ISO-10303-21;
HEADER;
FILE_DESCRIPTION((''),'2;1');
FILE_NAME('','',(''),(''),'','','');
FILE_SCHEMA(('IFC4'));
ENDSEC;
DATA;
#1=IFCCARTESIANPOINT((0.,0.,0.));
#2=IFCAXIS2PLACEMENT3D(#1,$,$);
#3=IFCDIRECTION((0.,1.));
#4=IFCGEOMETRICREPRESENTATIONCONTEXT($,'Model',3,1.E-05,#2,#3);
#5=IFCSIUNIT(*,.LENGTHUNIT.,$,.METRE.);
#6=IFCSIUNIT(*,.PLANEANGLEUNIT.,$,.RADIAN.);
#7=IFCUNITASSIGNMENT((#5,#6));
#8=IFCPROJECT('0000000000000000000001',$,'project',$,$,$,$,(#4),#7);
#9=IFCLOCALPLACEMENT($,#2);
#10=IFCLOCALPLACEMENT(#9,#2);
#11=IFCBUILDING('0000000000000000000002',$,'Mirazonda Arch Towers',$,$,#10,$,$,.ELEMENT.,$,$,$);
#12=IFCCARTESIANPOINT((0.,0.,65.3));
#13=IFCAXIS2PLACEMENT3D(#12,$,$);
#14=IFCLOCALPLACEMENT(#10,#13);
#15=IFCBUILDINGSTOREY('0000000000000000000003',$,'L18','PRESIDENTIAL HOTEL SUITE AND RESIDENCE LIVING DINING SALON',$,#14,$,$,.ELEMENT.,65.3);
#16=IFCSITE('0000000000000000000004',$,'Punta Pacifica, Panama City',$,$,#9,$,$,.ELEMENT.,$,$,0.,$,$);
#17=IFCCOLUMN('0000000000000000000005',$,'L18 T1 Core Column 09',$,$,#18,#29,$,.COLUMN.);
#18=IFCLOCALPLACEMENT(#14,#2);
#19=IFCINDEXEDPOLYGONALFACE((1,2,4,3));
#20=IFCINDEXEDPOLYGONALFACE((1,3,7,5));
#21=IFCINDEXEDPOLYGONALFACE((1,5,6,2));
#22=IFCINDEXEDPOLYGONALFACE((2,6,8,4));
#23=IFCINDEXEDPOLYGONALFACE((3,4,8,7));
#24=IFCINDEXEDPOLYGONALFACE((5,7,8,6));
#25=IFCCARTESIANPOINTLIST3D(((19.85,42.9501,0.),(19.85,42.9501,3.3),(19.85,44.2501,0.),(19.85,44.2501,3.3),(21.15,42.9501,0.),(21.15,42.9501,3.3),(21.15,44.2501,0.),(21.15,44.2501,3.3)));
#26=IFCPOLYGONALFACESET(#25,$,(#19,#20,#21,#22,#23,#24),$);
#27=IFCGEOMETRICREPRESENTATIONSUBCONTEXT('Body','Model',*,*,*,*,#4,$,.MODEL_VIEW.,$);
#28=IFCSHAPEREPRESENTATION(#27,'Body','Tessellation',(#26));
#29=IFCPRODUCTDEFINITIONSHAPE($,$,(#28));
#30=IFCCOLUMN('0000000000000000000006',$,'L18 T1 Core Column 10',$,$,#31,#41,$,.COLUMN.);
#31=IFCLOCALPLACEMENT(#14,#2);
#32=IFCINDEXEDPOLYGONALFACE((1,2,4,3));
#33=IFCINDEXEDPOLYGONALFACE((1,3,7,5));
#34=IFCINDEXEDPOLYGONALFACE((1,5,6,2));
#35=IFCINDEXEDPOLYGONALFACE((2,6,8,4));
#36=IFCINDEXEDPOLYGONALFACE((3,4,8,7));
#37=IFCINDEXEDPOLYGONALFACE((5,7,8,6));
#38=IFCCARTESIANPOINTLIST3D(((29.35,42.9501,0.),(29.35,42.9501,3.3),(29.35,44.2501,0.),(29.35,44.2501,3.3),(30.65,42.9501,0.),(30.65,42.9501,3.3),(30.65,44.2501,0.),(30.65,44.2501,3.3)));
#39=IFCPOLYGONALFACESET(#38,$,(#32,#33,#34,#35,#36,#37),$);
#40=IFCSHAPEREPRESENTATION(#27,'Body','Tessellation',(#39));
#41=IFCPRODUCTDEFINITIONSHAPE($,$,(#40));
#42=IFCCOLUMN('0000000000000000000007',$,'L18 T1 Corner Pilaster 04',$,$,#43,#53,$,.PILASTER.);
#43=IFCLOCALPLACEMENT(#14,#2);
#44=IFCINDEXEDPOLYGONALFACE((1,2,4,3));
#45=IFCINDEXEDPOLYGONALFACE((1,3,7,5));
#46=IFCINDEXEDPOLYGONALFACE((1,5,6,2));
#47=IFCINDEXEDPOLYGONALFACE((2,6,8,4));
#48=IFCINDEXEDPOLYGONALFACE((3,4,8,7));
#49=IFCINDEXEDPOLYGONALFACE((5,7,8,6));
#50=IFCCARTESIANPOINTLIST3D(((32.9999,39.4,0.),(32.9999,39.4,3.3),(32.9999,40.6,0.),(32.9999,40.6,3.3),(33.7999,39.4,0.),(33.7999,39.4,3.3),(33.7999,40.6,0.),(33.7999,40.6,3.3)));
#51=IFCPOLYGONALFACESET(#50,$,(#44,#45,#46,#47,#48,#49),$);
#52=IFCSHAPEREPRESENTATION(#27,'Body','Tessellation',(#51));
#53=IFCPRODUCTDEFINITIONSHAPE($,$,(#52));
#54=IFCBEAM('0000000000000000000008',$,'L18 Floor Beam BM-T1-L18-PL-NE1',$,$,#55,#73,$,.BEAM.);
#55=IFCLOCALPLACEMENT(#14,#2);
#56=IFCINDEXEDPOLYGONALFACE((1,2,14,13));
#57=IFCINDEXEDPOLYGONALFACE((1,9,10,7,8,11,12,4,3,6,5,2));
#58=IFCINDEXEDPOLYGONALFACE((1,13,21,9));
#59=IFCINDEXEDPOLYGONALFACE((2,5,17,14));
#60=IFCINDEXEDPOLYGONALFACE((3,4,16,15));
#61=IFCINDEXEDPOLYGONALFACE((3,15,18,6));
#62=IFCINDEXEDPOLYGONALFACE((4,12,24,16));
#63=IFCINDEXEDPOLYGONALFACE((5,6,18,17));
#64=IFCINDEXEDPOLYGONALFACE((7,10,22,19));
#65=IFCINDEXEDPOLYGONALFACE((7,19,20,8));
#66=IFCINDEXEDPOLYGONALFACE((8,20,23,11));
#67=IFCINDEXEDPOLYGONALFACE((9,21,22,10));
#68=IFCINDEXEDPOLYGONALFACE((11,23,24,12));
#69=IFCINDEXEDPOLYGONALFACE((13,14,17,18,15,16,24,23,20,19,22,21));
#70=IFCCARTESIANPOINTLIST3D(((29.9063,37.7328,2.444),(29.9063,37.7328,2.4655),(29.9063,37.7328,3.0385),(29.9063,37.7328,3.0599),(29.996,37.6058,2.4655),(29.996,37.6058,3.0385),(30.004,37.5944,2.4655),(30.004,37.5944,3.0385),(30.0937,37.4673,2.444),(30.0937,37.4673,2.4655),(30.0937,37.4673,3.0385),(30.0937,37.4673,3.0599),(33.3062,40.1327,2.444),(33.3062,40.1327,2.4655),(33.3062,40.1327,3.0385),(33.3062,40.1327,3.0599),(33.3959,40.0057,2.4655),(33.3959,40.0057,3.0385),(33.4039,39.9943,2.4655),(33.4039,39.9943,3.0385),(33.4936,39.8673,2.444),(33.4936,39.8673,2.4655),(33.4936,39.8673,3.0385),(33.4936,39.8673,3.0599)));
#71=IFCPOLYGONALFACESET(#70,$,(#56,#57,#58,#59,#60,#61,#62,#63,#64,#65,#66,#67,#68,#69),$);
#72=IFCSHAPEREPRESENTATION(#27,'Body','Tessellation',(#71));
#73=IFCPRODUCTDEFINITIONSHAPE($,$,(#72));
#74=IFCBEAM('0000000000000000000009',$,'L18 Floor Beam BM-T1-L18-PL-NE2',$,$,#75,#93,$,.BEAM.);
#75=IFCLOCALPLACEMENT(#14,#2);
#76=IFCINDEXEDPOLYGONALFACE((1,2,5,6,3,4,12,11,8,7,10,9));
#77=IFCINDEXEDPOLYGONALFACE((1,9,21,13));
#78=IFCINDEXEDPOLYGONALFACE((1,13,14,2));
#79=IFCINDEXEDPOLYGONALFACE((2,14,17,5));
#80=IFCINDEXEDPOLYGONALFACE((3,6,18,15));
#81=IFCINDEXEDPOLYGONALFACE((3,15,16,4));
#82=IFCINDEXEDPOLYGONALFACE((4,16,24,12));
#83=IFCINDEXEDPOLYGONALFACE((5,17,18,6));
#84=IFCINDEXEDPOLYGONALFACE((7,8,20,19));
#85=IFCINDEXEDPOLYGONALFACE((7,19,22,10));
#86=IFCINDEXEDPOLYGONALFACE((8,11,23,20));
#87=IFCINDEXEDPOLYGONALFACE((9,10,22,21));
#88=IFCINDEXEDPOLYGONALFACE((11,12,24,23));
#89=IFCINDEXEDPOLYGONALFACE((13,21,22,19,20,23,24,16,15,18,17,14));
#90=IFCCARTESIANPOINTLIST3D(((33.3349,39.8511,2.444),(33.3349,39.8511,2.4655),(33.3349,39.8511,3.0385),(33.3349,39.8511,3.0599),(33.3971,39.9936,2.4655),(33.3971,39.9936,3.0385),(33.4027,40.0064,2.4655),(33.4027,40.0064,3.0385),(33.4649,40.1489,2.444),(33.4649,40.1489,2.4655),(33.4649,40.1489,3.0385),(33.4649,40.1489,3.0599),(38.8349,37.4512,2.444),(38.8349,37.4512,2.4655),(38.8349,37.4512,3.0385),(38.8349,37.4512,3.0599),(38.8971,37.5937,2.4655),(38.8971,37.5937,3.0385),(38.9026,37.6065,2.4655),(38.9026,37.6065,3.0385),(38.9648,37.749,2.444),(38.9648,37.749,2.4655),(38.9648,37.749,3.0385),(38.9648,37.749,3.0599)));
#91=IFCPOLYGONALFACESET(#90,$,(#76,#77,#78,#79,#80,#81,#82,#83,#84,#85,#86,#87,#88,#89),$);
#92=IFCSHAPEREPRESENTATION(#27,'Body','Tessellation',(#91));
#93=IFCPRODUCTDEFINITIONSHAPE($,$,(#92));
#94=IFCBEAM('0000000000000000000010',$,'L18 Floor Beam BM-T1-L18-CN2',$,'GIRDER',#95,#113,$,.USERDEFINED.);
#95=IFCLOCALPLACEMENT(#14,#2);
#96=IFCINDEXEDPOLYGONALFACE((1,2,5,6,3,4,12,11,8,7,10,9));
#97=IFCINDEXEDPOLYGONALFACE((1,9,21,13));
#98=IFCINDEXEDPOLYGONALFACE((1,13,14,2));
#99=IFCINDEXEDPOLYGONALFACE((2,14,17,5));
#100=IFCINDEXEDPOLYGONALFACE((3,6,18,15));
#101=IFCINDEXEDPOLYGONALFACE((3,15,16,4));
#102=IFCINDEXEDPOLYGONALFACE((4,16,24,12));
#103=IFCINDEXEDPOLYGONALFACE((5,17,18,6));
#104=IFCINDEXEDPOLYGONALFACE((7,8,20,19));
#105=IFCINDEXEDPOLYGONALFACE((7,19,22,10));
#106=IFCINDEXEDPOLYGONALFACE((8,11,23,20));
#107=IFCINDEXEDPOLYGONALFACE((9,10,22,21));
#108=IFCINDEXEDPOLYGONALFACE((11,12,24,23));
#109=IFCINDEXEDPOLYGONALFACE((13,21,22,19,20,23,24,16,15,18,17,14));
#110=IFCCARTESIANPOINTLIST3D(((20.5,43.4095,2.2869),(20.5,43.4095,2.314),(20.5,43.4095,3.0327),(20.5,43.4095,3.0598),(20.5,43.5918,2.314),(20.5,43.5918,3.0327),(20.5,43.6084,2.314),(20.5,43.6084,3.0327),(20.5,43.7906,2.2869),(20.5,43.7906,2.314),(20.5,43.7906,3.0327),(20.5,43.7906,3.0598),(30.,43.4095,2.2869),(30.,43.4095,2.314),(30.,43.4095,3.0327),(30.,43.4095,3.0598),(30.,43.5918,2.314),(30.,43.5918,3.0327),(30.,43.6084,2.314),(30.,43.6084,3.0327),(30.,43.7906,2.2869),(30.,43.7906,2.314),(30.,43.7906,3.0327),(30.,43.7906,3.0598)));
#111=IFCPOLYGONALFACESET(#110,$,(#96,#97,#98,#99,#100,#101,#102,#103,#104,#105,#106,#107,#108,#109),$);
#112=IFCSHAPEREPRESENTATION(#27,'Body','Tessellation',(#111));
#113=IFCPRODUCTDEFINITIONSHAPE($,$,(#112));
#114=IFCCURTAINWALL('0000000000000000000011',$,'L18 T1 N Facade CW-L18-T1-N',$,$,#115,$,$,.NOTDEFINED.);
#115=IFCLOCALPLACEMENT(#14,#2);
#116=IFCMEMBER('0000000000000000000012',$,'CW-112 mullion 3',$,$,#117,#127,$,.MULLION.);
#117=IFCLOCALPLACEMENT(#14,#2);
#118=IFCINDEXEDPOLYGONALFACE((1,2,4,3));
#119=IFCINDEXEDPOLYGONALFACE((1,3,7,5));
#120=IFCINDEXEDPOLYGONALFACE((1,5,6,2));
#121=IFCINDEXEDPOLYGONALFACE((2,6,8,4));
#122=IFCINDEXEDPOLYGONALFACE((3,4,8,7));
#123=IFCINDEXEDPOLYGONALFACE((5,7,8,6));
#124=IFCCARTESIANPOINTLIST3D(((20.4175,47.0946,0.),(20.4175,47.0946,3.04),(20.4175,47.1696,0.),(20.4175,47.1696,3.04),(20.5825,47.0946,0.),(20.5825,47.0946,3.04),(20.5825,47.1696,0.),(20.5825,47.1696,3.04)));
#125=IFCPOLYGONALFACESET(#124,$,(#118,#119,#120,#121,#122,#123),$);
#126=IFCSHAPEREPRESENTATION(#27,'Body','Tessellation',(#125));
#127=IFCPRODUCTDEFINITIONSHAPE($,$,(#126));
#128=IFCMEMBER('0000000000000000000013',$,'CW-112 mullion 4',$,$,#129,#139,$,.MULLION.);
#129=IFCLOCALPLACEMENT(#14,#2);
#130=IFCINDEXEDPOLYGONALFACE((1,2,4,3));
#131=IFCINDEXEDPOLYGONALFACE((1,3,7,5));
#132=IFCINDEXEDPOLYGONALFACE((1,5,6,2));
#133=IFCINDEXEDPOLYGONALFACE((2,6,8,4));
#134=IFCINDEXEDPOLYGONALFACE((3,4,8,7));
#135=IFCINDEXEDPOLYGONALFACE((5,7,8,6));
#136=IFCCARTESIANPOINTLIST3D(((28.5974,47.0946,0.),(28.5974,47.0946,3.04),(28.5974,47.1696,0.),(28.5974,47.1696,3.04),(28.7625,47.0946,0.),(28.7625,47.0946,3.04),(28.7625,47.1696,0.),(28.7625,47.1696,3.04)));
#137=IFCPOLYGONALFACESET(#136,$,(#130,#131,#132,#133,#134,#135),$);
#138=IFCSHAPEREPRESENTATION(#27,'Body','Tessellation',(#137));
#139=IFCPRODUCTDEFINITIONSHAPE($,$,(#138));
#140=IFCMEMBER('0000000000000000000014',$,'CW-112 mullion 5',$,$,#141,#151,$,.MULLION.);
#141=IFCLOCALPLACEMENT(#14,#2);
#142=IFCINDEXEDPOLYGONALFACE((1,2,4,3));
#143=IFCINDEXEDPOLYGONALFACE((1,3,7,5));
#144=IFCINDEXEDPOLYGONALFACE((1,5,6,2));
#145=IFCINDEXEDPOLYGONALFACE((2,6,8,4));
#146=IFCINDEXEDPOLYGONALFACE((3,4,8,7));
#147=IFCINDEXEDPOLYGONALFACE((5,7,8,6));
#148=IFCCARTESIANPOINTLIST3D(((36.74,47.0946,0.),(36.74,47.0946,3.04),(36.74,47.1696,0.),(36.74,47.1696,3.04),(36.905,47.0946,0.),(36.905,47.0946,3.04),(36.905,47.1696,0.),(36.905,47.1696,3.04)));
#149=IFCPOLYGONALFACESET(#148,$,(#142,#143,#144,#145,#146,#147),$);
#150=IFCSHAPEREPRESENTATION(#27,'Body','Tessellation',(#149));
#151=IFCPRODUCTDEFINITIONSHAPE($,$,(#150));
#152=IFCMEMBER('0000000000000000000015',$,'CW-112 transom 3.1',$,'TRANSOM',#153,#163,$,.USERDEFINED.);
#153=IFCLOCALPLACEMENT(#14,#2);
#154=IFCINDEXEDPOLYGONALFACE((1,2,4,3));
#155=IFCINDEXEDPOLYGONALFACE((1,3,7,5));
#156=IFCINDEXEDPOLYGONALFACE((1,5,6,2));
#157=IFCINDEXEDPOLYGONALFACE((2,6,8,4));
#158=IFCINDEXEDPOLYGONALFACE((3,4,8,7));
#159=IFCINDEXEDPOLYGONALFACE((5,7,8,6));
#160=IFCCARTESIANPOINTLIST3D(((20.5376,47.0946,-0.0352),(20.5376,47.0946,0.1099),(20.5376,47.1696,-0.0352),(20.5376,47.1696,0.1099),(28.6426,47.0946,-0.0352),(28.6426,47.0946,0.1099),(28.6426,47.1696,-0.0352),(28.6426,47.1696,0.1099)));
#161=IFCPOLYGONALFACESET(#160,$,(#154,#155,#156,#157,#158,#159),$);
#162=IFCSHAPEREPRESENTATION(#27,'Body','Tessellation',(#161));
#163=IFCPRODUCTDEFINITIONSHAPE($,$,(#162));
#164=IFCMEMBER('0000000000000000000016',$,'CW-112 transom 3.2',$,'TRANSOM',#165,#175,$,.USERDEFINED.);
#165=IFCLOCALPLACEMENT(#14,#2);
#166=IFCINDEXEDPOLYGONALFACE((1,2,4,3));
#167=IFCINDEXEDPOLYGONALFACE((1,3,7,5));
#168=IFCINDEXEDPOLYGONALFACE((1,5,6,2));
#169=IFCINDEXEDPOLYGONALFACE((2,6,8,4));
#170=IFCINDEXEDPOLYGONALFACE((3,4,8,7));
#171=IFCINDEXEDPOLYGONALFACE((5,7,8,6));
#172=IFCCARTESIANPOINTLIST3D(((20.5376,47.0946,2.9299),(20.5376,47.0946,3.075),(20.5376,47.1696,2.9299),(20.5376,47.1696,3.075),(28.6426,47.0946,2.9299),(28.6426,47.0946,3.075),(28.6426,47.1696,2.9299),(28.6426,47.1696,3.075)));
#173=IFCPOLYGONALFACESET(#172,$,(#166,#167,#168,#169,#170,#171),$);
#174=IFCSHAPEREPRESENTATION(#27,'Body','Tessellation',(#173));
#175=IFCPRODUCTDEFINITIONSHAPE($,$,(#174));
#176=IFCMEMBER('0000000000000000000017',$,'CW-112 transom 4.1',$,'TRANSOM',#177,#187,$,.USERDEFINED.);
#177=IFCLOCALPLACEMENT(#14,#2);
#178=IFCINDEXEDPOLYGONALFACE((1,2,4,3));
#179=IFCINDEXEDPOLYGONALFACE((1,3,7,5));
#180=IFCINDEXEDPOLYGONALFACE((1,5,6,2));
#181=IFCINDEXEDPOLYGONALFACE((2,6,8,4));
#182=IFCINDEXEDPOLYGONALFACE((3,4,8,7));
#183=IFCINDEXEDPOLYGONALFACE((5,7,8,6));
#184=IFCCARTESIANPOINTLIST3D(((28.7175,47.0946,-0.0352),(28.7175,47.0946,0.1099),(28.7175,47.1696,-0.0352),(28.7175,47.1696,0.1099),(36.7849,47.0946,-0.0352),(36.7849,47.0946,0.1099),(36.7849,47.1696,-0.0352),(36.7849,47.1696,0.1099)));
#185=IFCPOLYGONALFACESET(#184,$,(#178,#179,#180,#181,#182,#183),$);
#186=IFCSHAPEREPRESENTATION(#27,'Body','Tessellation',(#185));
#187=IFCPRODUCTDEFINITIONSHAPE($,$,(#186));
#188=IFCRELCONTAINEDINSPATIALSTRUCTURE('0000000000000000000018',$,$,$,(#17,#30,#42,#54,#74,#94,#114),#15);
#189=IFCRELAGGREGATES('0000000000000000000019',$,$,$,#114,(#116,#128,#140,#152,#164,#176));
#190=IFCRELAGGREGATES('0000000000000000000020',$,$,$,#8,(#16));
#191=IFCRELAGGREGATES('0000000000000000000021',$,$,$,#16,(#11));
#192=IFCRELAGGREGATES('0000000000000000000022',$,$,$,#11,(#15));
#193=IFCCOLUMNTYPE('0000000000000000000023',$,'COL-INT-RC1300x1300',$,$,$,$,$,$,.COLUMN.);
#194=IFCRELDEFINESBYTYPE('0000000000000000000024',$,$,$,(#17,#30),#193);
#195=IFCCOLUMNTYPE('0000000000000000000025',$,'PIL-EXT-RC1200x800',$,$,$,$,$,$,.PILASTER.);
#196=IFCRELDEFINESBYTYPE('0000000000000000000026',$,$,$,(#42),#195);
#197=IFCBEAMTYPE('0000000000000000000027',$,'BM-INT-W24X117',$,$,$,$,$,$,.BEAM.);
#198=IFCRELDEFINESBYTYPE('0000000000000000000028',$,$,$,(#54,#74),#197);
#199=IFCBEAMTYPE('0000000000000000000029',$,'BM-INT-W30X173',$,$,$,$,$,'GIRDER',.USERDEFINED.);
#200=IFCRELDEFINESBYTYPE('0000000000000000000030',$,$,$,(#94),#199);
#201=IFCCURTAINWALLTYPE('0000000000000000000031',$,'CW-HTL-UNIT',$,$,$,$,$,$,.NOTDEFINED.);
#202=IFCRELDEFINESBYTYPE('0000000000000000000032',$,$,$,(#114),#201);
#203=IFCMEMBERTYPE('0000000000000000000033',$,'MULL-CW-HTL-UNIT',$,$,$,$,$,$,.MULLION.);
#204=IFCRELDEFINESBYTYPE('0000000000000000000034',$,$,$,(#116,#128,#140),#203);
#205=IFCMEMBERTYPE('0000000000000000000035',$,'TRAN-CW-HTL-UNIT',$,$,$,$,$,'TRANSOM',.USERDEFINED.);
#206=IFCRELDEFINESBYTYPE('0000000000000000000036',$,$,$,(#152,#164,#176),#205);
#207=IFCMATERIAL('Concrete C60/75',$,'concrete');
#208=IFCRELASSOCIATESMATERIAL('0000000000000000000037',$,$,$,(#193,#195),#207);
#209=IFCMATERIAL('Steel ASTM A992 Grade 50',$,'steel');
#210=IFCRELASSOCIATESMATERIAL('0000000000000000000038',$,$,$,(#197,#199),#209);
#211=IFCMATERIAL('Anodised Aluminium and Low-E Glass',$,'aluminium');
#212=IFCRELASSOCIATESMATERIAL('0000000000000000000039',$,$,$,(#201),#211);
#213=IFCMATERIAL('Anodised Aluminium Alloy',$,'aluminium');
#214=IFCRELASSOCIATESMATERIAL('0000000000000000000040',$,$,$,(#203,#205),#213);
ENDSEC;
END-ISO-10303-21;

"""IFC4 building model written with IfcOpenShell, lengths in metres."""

from ifc_helpers import new_model, si_unit, direction, frame, origin, origin_2d, place, context, subcontext, project, spatial, rectangle, i_section, extrude, material, material_profile, profile_set, type_object, element, aggregate, save


model = new_model("IFC4")

# Units and contexts
model_context = context("Model", 3, precision=1e-05, world=origin(), true_north=direction((0.0, 1.0)))
body_context = subcontext(model_context, "Body", "Model", "MODEL_VIEW")
ifc_project = project(units=[si_unit("LENGTHUNIT", "METRE"), si_unit("PLANEANGLEUNIT", "RADIAN")], contexts=[model_context])

# Site, building, storey
site_placement = place(None, origin())
site = spatial("IfcSite", under=ifc_project, at=site_placement, Name="Punta Pacifica, Panama City", CompositionType="ELEMENT", RefElevation=0.0)
building_placement = place(site_placement, origin())
building = spatial("IfcBuilding", under=site, at=building_placement, Name="Mirazonda Arch Towers", CompositionType="ELEMENT")
storey_placement = place(building_placement, frame((0.0, 0.0, 65.3)))
storey = spatial("IfcBuildingStorey", under=building, at=storey_placement, Name="L18", Description="PRESIDENTIAL HOTEL SUITE AND RESIDENCE LIVING DINING SALON", CompositionType="ELEMENT", Elevation=65.3)

# Columns
ifc_material_1 = material(Name="Concrete C60/75", Category="concrete")
ifc_material_profile_1 = material_profile(ifc_material_1, rectangle(XDim=1.3, YDim=1.3, at=origin_2d()), Name="RC1300x1300")
ifc_profile_set_1 = profile_set([ifc_material_profile_1], Name="Concrete C60/75")
column_type_1 = type_object("IfcColumnType", Name="COL-INT-RC1300x1300", PredefinedType="COLUMN", material=ifc_profile_set_1)
for number, where, z_axis, x_axis, name in (
    (1, (20.5, 43.6001, 0.0), (0.0, 0.0, 1.0), (1.0, 0.0, 0.0), "L18 T1 Core Column 09"),
    (2, (30.0, 43.6001, 0.0), (0.0, 0.0, 1.0), (1.0, 0.0, 0.0), "L18 T1 Core Column 10"),
):
    element("IfcColumn", number, at=place(storey_placement, frame(where, z_axis=z_axis, x_axis=x_axis)), inside=storey, type_object=column_type_1, Name=name, PredefinedType="COLUMN", context=body_context, shape_type="SweptSolid", body=[
        extrude(rectangle(XDim=1.3, YDim=1.3, at=origin_2d()), origin(), (0.0, 0.0, 1.0), 3.3),
    ])
ifc_material_profile_2 = material_profile(ifc_material_1, rectangle(XDim=0.8, YDim=1.2, at=origin_2d()), Name="RC1200x800")
ifc_profile_set_2 = profile_set([ifc_material_profile_2], Name="Concrete C60/75")
column_type_2 = type_object("IfcColumnType", Name="PIL-EXT-RC1200x800", PredefinedType="PILASTER", material=ifc_profile_set_2)
column_placement = place(storey_placement, frame((33.3999, 40.0, 0.0), z_axis=(0.0, 0.0, 1.0), x_axis=(1.0, 0.0, 0.0)))
element("IfcColumn", 3, at=column_placement, inside=storey, type_object=column_type_2, Name="L18 T1 Corner Pilaster 04", PredefinedType="PILASTER", context=body_context, shape_type="SweptSolid", body=[
    extrude(rectangle(XDim=0.8, YDim=1.2, at=origin_2d()), origin(), (0.0, 0.0, 1.0), 3.3),
])

# Beams
ifc_material_2 = material(Name="Steel ASTM A992 Grade 50", Category="steel")
ifc_material_profile_3 = material_profile(ifc_material_2, i_section(OverallWidth=0.325, OverallDepth=0.616, WebThickness=0.0139, FlangeThickness=0.0215, at=origin_2d()), Name="W24X117")
ifc_profile_set_3 = profile_set([ifc_material_profile_3], Name="Steel ASTM A992 Grade 50")
beam_type_1 = type_object("IfcBeamType", Name="BM-INT-W24X117", PredefinedType="BEAM", material=ifc_profile_set_3)
beam_1_placement = place(storey_placement, frame((33.3999, 40.0, 2.752), z_axis=(-0.816971, -0.576679, 0.0), x_axis=(0.576679, -0.816971, 0.0)))
element("IfcBeam", 4, at=beam_1_placement, inside=storey, type_object=beam_type_1, Name="L18 Floor Beam BM-T1-L18-PL-NE1", PredefinedType="BEAM", context=body_context, shape_type="SweptSolid", body=[
    extrude(i_section(OverallWidth=0.325, OverallDepth=0.616, WebThickness=0.0139, FlangeThickness=0.0215, at=origin_2d()), origin(), (0.0, 0.0, 1.0), 4.1616),
])
beam_2_placement = place(storey_placement, frame((33.3999, 40.0, 2.752), z_axis=(0.916545, -0.399931, 0.0), x_axis=(0.399931, 0.916545, 0.0)))
element("IfcBeam", 5, at=beam_2_placement, inside=storey, type_object=beam_type_1, Name="L18 Floor Beam BM-T1-L18-PL-NE2", PredefinedType="BEAM", context=body_context, shape_type="SweptSolid", body=[
    extrude(i_section(OverallWidth=0.325, OverallDepth=0.616, WebThickness=0.0139, FlangeThickness=0.0215, at=origin_2d()), origin(), (0.0, 0.0, 1.0), 6.0007),
])
ifc_material_profile_4 = material_profile(ifc_material_2, i_section(OverallWidth=0.3811, OverallDepth=0.7729, WebThickness=0.0166, FlangeThickness=0.0271, at=origin_2d()), Name="W30X173")
ifc_profile_set_4 = profile_set([ifc_material_profile_4], Name="Steel ASTM A992 Grade 50")
beam_type_2 = type_object("IfcBeamType", Name="BM-INT-W30X173", ElementType="GIRDER", PredefinedType="USERDEFINED", material=ifc_profile_set_4)
beam_3_placement = place(storey_placement, frame((20.5, 43.6001, 2.6733), z_axis=(1.0, 0.0, 0.0), x_axis=(0.0, 1.0, 0.0)))
element("IfcBeam", 6, at=beam_3_placement, inside=storey, type_object=beam_type_2, Name="L18 Floor Beam BM-T1-L18-CN2", ObjectType="GIRDER", PredefinedType="USERDEFINED", context=body_context, shape_type="SweptSolid", body=[
    extrude(i_section(OverallWidth=0.3811, OverallDepth=0.7729, WebThickness=0.0166, FlangeThickness=0.0271, at=origin_2d()), origin(), (0.0, 0.0, 1.0), 9.5),
])

# Curtain wall, members
ifc_material_3 = material(Name="Anodised Aluminium and Low-E Glass", Category="aluminium")
curtain_wall_type = type_object("IfcCurtainWallType", Name="CW-HTL-UNIT", PredefinedType="NOTDEFINED", material=ifc_material_3)
curtain_wall_placement = place(storey_placement, origin())
curtain_wall = element("IfcCurtainWall", 7, at=curtain_wall_placement, inside=storey, type_object=curtain_wall_type, Name="L18 T1 N Facade CW-L18-T1-N", PredefinedType="NOTDEFINED")
ifc_material_4 = material(Name="Anodised Aluminium Alloy", Category="aluminium")
ifc_material_profile_5 = material_profile(ifc_material_4, rectangle(XDim=0.075, YDim=0.165, at=origin_2d()), Name="ALU-MULL-75x165")
ifc_profile_set_5 = profile_set([ifc_material_profile_5], Name="Anodised Aluminium Alloy")
member_type_1 = type_object("IfcMemberType", Name="MULL-CW-HTL-UNIT", PredefinedType="MULLION", material=ifc_profile_set_5)
member_1_placement = place(storey_placement, frame((20.5, 47.1321, 0.0), z_axis=(0.0, 0.0, 1.0), x_axis=(0.0, 1.0, 0.0)))
member_1 = element("IfcMember", 8, at=member_1_placement, type_object=member_type_1, Name="CW-112 mullion 3", PredefinedType="MULLION", context=body_context, shape_type="SweptSolid", body=[
    extrude(rectangle(XDim=0.075, YDim=0.165, at=origin_2d()), origin(), (0.0, 0.0, 1.0), 3.04),
])
member_2_placement = place(storey_placement, frame((28.6799, 47.1321, 0.0), z_axis=(0.0, 0.0, 1.0), x_axis=(0.0, 1.0, 0.0)))
member_2 = element("IfcMember", 9, at=member_2_placement, type_object=member_type_1, Name="CW-112 mullion 4", PredefinedType="MULLION", context=body_context, shape_type="SweptSolid", body=[
    extrude(rectangle(XDim=0.075, YDim=0.165, at=origin_2d()), origin(), (0.0, 0.0, 1.0), 3.04),
])
member_3_placement = place(storey_placement, frame((36.8225, 47.1321, 0.0), z_axis=(0.0, 0.0, 1.0), x_axis=(0.0, 1.0, 0.0)))
member_3 = element("IfcMember", 10, at=member_3_placement, type_object=member_type_1, Name="CW-112 mullion 5", PredefinedType="MULLION", context=body_context, shape_type="SweptSolid", body=[
    extrude(rectangle(XDim=0.075, YDim=0.165, at=origin_2d()), origin(), (0.0, 0.0, 1.0), 3.04),
])
ifc_material_profile_6 = material_profile(ifc_material_4, rectangle(XDim=0.075, YDim=0.145, at=origin_2d()), Name="ALU-TRAN-75x145")
ifc_profile_set_6 = profile_set([ifc_material_profile_6], Name="Anodised Aluminium Alloy")
member_type_2 = type_object("IfcMemberType", Name="TRAN-CW-HTL-UNIT", ElementType="TRANSOM", PredefinedType="USERDEFINED", material=ifc_profile_set_6)
member_4_placement = place(storey_placement, frame((20.5376, 47.1321, 0.0374), z_axis=(1.0, 0.0, 0.0), x_axis=(0.0, 1.0, 0.0)))
member_4 = element("IfcMember", 11, at=member_4_placement, type_object=member_type_2, Name="CW-112 transom 3.1", ObjectType="TRANSOM", PredefinedType="USERDEFINED", context=body_context, shape_type="SweptSolid", body=[
    extrude(rectangle(XDim=0.075, YDim=0.145, at=origin_2d()), origin(), (0.0, 0.0, 1.0), 8.105),
])
member_5_placement = place(storey_placement, frame((20.5376, 47.1321, 3.0024), z_axis=(1.0, 0.0, 0.0), x_axis=(0.0, 1.0, 0.0)))
member_5 = element("IfcMember", 12, at=member_5_placement, type_object=member_type_2, Name="CW-112 transom 3.2", ObjectType="TRANSOM", PredefinedType="USERDEFINED", context=body_context, shape_type="SweptSolid", body=[
    extrude(rectangle(XDim=0.075, YDim=0.145, at=origin_2d()), origin(), (0.0, 0.0, 1.0), 8.105),
])
member_6_placement = place(storey_placement, frame((28.7175, 47.1321, 0.0374), z_axis=(1.0, 0.0, 0.0), x_axis=(0.0, 1.0, 0.0)))
member_6 = element("IfcMember", 13, at=member_6_placement, type_object=member_type_2, Name="CW-112 transom 4.1", ObjectType="TRANSOM", PredefinedType="USERDEFINED", context=body_context, shape_type="SweptSolid", body=[
    extrude(rectangle(XDim=0.075, YDim=0.145, at=origin_2d()), origin(), (0.0, 0.0, 1.0), 8.0674),
])
aggregate(curtain_wall, [member_1, member_2, member_3, member_4, member_5, member_6])

save(model, "model.ifc")
